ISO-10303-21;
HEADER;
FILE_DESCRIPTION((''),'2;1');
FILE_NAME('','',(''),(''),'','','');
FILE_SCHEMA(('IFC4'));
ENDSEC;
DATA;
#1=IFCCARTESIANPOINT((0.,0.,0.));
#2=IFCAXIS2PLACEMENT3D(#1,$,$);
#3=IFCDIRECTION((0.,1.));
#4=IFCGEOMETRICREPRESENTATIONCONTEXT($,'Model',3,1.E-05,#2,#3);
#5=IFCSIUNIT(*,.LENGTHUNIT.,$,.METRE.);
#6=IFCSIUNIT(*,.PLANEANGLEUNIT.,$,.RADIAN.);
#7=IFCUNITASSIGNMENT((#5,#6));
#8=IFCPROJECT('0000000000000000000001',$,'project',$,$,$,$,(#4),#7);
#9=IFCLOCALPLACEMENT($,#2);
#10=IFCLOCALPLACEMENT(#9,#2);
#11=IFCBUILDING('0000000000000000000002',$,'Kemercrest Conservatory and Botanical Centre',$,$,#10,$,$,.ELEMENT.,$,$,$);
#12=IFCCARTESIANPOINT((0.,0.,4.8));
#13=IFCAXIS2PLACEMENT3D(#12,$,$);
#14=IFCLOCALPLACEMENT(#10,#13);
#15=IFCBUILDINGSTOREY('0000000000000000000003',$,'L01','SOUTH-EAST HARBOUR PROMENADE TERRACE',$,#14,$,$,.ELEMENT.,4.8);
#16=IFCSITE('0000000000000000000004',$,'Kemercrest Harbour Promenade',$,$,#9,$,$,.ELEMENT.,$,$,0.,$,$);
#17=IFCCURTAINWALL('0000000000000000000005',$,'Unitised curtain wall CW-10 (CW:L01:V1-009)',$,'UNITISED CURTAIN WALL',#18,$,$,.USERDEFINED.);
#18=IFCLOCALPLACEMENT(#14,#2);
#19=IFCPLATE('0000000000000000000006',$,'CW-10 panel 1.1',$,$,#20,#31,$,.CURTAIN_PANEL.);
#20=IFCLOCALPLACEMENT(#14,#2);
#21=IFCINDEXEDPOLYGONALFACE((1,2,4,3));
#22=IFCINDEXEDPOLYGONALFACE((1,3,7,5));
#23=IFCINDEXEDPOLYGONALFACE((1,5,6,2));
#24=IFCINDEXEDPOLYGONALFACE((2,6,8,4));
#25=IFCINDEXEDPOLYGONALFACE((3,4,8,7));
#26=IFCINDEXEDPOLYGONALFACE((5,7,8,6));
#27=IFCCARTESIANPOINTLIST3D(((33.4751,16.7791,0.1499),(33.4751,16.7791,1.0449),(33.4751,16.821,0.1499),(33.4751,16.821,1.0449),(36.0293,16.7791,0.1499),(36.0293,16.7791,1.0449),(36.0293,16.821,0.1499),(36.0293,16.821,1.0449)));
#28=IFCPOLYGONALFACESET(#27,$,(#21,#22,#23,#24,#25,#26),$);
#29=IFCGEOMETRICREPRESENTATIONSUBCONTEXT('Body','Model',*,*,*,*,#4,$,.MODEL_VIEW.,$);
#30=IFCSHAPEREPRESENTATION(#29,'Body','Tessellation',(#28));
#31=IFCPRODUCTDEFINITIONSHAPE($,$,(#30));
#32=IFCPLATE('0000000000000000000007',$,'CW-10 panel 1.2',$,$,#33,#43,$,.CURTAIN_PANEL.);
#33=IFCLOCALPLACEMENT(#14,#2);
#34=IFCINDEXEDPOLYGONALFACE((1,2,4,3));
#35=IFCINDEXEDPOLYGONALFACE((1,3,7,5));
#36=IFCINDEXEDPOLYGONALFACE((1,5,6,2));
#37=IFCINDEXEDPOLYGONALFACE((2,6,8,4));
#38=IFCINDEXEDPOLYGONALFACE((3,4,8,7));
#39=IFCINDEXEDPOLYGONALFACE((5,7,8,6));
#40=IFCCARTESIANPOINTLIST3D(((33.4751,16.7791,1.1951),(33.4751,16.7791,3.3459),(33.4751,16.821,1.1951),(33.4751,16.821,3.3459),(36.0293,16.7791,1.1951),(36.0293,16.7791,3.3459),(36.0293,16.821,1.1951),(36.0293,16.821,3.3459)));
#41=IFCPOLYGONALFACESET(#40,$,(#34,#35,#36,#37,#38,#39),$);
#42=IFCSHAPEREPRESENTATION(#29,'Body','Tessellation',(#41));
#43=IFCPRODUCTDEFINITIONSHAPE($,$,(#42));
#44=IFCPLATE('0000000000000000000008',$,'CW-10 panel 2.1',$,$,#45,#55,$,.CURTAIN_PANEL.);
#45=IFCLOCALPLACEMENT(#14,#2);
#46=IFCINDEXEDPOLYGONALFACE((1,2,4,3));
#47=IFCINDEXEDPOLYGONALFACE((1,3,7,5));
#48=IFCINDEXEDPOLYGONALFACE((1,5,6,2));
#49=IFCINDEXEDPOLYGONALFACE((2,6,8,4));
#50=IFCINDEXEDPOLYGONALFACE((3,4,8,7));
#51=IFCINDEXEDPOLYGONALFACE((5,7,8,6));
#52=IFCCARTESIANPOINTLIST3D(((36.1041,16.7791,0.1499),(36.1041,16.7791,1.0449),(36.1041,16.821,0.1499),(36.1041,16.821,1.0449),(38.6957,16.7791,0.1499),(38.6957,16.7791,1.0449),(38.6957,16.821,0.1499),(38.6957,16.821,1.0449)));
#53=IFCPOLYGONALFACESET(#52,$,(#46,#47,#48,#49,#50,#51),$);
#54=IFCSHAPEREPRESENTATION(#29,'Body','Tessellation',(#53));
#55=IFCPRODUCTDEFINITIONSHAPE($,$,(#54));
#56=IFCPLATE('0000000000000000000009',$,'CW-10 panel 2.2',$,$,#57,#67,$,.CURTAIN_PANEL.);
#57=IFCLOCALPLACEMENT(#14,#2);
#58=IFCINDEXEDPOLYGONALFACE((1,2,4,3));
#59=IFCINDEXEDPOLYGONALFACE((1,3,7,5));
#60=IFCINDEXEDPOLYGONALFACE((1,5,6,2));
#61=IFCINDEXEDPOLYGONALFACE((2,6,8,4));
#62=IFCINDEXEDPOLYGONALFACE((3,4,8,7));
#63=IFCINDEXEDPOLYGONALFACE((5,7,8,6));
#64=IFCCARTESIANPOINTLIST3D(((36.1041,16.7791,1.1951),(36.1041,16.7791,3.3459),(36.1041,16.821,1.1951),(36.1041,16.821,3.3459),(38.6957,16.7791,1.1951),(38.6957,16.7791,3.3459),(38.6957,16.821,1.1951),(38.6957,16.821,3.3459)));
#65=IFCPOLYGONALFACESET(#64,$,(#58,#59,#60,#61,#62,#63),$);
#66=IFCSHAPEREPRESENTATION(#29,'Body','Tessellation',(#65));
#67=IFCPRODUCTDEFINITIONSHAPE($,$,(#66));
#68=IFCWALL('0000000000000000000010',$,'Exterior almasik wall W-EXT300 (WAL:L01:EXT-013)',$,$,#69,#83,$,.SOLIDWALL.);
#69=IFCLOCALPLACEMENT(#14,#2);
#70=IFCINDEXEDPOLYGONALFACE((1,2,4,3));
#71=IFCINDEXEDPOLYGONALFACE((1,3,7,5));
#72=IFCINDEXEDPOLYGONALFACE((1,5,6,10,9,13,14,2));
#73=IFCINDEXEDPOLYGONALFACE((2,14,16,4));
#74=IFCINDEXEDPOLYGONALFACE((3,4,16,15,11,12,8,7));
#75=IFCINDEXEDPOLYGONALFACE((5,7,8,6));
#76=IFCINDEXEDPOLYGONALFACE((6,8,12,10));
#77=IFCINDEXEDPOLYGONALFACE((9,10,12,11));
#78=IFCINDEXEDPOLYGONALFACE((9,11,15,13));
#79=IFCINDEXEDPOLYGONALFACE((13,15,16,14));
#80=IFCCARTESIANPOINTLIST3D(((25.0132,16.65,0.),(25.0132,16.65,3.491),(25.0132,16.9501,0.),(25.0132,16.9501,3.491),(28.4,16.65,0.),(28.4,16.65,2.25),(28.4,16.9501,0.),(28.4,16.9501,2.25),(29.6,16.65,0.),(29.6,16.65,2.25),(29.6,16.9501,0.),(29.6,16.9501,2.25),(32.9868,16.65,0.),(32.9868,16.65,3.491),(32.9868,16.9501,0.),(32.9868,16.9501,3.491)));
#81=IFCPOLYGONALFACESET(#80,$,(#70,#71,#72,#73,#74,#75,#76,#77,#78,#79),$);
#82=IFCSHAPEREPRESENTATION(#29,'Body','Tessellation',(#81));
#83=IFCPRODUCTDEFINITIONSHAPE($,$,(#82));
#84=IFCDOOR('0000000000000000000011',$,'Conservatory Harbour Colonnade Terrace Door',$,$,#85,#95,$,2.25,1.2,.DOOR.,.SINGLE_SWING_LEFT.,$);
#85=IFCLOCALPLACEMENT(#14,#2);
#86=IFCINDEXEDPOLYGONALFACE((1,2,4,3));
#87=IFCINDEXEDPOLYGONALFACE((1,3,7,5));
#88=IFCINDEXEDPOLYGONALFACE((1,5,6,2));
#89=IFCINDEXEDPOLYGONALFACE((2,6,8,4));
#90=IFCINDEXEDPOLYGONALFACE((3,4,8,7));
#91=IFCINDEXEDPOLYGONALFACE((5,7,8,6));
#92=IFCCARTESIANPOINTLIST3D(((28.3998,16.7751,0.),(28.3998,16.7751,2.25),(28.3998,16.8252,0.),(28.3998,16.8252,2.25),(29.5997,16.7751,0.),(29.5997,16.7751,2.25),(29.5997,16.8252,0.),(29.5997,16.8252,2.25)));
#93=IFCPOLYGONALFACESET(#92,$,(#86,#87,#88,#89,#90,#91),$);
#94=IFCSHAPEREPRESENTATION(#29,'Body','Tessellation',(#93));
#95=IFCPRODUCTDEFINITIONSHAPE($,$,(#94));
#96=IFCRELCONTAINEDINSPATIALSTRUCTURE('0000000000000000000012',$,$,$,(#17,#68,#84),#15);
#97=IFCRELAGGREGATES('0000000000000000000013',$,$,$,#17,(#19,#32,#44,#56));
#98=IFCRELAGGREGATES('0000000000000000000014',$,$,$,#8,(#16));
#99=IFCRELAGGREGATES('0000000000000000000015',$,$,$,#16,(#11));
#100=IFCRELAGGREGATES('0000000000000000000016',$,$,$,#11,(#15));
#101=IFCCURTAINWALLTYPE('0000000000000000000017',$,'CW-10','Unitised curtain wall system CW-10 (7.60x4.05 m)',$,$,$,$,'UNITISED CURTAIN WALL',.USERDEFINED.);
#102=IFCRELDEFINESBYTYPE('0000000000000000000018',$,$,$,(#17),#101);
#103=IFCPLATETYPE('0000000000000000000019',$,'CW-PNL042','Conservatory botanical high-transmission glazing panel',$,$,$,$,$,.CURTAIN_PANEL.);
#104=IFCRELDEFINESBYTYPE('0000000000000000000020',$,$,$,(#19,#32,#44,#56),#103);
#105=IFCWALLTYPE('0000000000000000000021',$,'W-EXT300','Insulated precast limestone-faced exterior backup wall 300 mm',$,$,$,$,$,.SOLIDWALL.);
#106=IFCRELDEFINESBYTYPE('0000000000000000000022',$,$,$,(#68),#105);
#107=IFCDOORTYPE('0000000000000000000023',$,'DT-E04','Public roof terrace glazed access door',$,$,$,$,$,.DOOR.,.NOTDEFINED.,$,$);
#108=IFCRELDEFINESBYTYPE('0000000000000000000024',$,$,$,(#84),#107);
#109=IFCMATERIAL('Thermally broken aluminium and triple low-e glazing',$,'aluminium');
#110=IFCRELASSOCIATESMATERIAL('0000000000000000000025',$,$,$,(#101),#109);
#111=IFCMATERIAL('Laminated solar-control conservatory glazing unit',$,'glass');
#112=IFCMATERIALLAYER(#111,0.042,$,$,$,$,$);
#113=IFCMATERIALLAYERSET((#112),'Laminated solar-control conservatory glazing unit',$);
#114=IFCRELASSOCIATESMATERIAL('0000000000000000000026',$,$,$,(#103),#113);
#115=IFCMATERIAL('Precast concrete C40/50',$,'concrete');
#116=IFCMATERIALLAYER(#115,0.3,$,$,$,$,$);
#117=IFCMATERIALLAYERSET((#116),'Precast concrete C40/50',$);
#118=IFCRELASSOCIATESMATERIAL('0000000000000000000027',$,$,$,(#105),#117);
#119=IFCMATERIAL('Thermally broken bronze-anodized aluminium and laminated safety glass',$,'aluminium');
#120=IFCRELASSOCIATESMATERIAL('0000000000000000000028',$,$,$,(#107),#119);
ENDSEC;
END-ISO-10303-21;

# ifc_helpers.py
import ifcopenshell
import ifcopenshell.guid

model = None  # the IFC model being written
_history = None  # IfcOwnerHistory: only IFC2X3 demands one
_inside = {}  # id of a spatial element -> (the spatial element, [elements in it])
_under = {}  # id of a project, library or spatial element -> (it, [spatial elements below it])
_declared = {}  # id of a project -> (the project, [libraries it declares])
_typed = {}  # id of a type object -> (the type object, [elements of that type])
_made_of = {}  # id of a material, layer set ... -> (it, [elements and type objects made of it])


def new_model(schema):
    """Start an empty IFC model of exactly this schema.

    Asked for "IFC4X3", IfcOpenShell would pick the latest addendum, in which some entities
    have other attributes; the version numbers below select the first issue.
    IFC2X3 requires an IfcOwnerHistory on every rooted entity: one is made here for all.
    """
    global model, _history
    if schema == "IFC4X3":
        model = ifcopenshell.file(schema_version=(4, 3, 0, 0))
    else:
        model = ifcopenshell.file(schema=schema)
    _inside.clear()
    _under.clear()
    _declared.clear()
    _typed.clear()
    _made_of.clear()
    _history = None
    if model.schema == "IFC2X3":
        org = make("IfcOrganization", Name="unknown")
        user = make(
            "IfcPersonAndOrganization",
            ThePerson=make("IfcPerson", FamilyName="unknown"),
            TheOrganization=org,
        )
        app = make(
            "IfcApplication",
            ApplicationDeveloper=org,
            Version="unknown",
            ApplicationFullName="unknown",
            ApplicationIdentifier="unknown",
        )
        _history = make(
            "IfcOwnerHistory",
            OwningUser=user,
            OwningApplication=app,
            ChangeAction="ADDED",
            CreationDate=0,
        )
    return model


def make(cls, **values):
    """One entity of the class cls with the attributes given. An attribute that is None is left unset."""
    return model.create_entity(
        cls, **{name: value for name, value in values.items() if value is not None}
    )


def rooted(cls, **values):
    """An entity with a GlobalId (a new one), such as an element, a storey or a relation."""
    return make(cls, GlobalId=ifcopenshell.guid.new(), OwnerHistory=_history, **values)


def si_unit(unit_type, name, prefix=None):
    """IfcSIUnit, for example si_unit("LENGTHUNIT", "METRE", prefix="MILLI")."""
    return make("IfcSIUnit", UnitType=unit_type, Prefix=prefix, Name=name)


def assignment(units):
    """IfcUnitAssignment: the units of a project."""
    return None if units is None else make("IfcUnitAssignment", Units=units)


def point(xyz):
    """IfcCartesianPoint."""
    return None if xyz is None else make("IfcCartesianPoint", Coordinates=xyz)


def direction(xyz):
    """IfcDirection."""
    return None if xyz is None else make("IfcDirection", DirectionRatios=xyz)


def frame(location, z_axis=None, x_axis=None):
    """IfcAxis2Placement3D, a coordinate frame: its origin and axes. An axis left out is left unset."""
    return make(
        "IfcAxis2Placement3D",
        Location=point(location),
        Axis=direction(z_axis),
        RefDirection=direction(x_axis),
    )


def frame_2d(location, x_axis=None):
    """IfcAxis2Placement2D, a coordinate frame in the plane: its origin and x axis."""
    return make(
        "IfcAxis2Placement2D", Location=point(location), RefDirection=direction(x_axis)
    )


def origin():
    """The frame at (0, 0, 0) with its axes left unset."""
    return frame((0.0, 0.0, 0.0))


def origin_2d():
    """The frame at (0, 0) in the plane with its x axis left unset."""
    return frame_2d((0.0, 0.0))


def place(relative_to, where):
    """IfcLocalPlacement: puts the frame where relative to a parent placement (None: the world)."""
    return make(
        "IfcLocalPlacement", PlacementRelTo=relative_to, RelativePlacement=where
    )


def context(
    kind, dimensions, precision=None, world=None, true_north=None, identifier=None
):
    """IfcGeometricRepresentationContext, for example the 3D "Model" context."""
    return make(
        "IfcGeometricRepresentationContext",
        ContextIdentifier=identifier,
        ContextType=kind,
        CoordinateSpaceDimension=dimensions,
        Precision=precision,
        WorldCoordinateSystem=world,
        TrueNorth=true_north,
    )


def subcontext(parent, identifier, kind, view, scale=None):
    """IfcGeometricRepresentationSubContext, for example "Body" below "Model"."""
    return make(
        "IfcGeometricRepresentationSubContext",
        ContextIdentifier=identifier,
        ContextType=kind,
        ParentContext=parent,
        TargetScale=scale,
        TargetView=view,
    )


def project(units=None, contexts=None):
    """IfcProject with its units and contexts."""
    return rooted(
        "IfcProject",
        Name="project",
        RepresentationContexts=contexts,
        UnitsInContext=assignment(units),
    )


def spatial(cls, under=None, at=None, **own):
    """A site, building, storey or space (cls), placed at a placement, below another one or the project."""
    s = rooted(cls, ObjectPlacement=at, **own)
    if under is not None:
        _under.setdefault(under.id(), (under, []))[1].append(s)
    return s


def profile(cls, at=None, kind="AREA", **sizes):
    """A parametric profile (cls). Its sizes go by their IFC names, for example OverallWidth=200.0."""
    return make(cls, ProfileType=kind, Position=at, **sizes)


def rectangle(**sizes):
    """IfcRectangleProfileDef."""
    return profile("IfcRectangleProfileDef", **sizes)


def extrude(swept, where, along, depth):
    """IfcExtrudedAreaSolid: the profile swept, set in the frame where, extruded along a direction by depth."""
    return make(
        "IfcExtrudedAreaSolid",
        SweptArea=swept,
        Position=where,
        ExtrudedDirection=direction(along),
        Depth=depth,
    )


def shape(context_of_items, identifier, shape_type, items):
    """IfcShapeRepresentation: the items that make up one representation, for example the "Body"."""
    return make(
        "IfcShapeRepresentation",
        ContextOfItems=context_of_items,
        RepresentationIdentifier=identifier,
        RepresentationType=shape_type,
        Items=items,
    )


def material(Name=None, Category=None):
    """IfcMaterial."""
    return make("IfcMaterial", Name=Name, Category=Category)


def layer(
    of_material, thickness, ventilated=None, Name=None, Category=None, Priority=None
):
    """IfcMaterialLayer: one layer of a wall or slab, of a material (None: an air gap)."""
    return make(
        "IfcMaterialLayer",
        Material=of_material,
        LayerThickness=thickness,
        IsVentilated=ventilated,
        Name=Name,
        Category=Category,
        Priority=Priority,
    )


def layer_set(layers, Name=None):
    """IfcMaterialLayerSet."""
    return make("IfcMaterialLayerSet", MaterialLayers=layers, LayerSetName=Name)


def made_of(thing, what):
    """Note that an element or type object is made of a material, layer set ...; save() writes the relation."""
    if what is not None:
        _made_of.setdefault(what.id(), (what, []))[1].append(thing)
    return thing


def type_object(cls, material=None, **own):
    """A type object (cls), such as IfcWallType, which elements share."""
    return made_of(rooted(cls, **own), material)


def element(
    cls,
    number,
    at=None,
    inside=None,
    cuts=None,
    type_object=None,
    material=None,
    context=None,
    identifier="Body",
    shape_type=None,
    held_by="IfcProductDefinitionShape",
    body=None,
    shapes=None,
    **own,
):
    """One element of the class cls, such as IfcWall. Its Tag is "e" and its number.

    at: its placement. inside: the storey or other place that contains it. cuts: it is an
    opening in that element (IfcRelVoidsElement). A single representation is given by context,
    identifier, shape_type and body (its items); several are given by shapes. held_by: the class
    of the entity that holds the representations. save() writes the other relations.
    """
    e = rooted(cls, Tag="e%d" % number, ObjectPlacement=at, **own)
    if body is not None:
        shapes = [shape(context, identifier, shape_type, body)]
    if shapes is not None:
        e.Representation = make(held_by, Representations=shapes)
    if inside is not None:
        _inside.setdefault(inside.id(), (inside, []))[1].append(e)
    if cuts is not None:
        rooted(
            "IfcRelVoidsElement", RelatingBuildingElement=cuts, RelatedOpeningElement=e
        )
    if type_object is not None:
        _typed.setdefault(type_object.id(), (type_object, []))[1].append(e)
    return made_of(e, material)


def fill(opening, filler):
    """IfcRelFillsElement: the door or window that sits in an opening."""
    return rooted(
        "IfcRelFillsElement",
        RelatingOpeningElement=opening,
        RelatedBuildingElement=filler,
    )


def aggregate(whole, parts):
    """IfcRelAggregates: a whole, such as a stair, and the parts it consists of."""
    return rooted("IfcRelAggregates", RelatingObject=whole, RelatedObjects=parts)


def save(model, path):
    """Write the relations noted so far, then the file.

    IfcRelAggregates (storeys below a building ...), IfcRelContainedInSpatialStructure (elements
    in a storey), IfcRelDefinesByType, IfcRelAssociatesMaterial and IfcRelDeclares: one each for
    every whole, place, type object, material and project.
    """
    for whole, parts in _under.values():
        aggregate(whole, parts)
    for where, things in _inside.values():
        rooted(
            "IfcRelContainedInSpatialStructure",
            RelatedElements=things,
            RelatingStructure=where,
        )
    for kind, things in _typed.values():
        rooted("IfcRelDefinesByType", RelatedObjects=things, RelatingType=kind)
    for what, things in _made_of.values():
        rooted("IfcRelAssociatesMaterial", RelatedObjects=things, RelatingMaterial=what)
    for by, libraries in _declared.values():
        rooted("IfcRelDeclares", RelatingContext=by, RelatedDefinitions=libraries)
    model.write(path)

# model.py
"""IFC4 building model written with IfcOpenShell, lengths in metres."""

from ifc_helpers import new_model, si_unit, direction, frame, frame_2d, origin, origin_2d, place, context, subcontext, project, spatial, rectangle, extrude, material, layer, layer_set, type_object, element, fill, aggregate, save


model = new_model("IFC4")

# Units and contexts
model_context = context("Model", 3, precision=1e-05, world=origin(), true_north=direction((0.0, 1.0)))
body_context = subcontext(model_context, "Body", "Model", "MODEL_VIEW")
ifc_project = project(units=[si_unit("LENGTHUNIT", "METRE"), si_unit("PLANEANGLEUNIT", "RADIAN")], contexts=[model_context])

# Site, building, storey
site_placement = place(None, origin())
site = spatial("IfcSite", under=ifc_project, at=site_placement, Name="Kemercrest Harbour Promenade", CompositionType="ELEMENT", RefElevation=0.0)
building_placement = place(site_placement, origin())
building = spatial("IfcBuilding", under=site, at=building_placement, Name="Kemercrest Conservatory and Botanical Centre", CompositionType="ELEMENT")
storey_placement = place(building_placement, frame((0.0, 0.0, 4.8)))
storey = spatial("IfcBuildingStorey", under=building, at=storey_placement, Name="L01", Description="SOUTH-EAST HARBOUR PROMENADE TERRACE", CompositionType="ELEMENT", Elevation=4.8)

# Shared definitions
ifc_material_1 = material(Name="Precast concrete C40/50", Category="concrete")

# Curtain wall, plates
ifc_material_2 = material(Name="Thermally broken aluminium and triple low-e glazing", Category="aluminium")
curtain_wall_type = type_object("IfcCurtainWallType", Name="CW-10", Description="Unitised curtain wall system CW-10 (7.60x4.05 m)", ElementType="UNITISED CURTAIN WALL", PredefinedType="USERDEFINED", material=ifc_material_2)
curtain_wall_placement = place(storey_placement, origin())
curtain_wall = element("IfcCurtainWall", 1, at=curtain_wall_placement, inside=storey, type_object=curtain_wall_type, Name="Unitised curtain wall CW-10 (CW:L01:V1-009)", ObjectType="UNITISED CURTAIN WALL", PredefinedType="USERDEFINED")
ifc_material_3 = material(Name="Laminated solar-control conservatory glazing unit", Category="glass")
ifc_layer_1 = layer(ifc_material_3, 0.042)
ifc_layer_set_1 = layer_set([ifc_layer_1], Name="Laminated solar-control conservatory glazing unit")
plate_type = type_object("IfcPlateType", Name="CW-PNL042", Description="Conservatory botanical high-transmission glazing panel", PredefinedType="CURTAIN_PANEL", material=ifc_layer_set_1)
plate_1_placement = place(storey_placement, frame((34.7522, 16.8, 0.1499), z_axis=(0.0, 0.0, 1.0), x_axis=(1.0, 0.0, 0.0)))
plate_1 = element("IfcPlate", 2, at=plate_1_placement, type_object=plate_type, Name="CW-10 panel 1.1", PredefinedType="CURTAIN_PANEL", context=body_context, shape_type="SweptSolid", body=[
    extrude(rectangle(XDim=2.5542, YDim=0.042, at=origin_2d()), origin(), (0.0, 0.0, 1.0), 0.895),
])
plate_2_placement = place(storey_placement, frame((34.7522, 16.8, 1.1951), z_axis=(0.0, 0.0, 1.0), x_axis=(1.0, 0.0, 0.0)))
plate_2 = element("IfcPlate", 3, at=plate_2_placement, type_object=plate_type, Name="CW-10 panel 1.2", PredefinedType="CURTAIN_PANEL", context=body_context, shape_type="SweptSolid", body=[
    extrude(rectangle(XDim=2.5542, YDim=0.042, at=origin_2d()), origin(), (0.0, 0.0, 1.0), 2.1509),
])
plate_3_placement = place(storey_placement, frame((37.3999, 16.8, 0.1499), z_axis=(0.0, 0.0, 1.0), x_axis=(1.0, 0.0, 0.0)))
plate_3 = element("IfcPlate", 4, at=plate_3_placement, type_object=plate_type, Name="CW-10 panel 2.1", PredefinedType="CURTAIN_PANEL", context=body_context, shape_type="SweptSolid", body=[
    extrude(rectangle(XDim=2.5916, YDim=0.042, at=origin_2d()), origin(), (0.0, 0.0, 1.0), 0.895),
])
plate_4_placement = place(storey_placement, frame((37.3999, 16.8, 1.1951), z_axis=(0.0, 0.0, 1.0), x_axis=(1.0, 0.0, 0.0)))
plate_4 = element("IfcPlate", 5, at=plate_4_placement, type_object=plate_type, Name="CW-10 panel 2.2", PredefinedType="CURTAIN_PANEL", context=body_context, shape_type="SweptSolid", body=[
    extrude(rectangle(XDim=2.5916, YDim=0.042, at=origin_2d()), origin(), (0.0, 0.0, 1.0), 2.1509),
])
aggregate(curtain_wall, [plate_1, plate_2, plate_3, plate_4])

# Wall, opening, door
ifc_layer_2 = layer(ifc_material_1, 0.3)
ifc_layer_set_2 = layer_set([ifc_layer_2], Name="Precast concrete C40/50")
wall_type = type_object("IfcWallType", Name="W-EXT300", Description="Insulated precast limestone-faced exterior backup wall 300 mm", PredefinedType="SOLIDWALL", material=ifc_layer_set_2)
wall_placement = place(storey_placement, frame((25.0132, 16.8, 0.0), z_axis=(0.0, 0.0, 1.0), x_axis=(1.0, 0.0, 0.0)))
wall = element("IfcWall", 6, at=wall_placement, inside=storey, type_object=wall_type, Name="Exterior almasik wall W-EXT300 (WAL:L01:EXT-013)", PredefinedType="SOLIDWALL", context=body_context, shape_type="SweptSolid", body=[
    extrude(rectangle(XDim=7.9736, YDim=0.3, at=frame_2d((3.9868, 0.0))), origin(), (0.0, 0.0, 1.0), 3.491),
])
opening_placement = place(wall_placement, frame((3.3867, 0.0, 0.0)))
opening = element("IfcOpeningElement", 7, at=opening_placement, cuts=wall, PredefinedType="OPENING", context=body_context, shape_type="SweptSolid", body=[
    extrude(rectangle(XDim=1.2, YDim=2.25, at=frame_2d((0.6001, 1.125))), frame((0.0, 0.1602, 0.0), z_axis=(0.0, -1.0, 0.0), x_axis=(1.0, 0.0, 0.0)), (0.0, 0.0, 1.0), 0.3201),
])
ifc_material_4 = material(Name="Thermally broken bronze-anodized aluminium and laminated safety glass", Category="aluminium")
door_type = type_object("IfcDoorType", Name="DT-E04", Description="Public roof terrace glazed access door", OperationType="NOTDEFINED", PredefinedType="DOOR", material=ifc_material_4)
door_placement = place(opening_placement, frame((1.2, 0.0, 0.0), z_axis=(0.0, 0.0, 1.0), x_axis=(-1.0, 0.0, 0.0)))
door = element("IfcDoor", 8, at=door_placement, inside=storey, type_object=door_type, Name="Conservatory Harbour Colonnade Terrace Door", OperationType="SINGLE_SWING_LEFT", OverallHeight=2.25, OverallWidth=1.2, PredefinedType="DOOR", context=body_context, shape_type="SweptSolid", body=[
    extrude(rectangle(XDim=1.2, YDim=2.25, at=frame_2d((0.6001, 1.125))), frame((0.0, 0.0249, 0.0), z_axis=(0.0, -1.0, 0.0), x_axis=(1.0, 0.0, 0.0)), (0.0, 0.0, 1.0), 0.05),
])
fill(opening, door)

save(model, "model.ifc")
